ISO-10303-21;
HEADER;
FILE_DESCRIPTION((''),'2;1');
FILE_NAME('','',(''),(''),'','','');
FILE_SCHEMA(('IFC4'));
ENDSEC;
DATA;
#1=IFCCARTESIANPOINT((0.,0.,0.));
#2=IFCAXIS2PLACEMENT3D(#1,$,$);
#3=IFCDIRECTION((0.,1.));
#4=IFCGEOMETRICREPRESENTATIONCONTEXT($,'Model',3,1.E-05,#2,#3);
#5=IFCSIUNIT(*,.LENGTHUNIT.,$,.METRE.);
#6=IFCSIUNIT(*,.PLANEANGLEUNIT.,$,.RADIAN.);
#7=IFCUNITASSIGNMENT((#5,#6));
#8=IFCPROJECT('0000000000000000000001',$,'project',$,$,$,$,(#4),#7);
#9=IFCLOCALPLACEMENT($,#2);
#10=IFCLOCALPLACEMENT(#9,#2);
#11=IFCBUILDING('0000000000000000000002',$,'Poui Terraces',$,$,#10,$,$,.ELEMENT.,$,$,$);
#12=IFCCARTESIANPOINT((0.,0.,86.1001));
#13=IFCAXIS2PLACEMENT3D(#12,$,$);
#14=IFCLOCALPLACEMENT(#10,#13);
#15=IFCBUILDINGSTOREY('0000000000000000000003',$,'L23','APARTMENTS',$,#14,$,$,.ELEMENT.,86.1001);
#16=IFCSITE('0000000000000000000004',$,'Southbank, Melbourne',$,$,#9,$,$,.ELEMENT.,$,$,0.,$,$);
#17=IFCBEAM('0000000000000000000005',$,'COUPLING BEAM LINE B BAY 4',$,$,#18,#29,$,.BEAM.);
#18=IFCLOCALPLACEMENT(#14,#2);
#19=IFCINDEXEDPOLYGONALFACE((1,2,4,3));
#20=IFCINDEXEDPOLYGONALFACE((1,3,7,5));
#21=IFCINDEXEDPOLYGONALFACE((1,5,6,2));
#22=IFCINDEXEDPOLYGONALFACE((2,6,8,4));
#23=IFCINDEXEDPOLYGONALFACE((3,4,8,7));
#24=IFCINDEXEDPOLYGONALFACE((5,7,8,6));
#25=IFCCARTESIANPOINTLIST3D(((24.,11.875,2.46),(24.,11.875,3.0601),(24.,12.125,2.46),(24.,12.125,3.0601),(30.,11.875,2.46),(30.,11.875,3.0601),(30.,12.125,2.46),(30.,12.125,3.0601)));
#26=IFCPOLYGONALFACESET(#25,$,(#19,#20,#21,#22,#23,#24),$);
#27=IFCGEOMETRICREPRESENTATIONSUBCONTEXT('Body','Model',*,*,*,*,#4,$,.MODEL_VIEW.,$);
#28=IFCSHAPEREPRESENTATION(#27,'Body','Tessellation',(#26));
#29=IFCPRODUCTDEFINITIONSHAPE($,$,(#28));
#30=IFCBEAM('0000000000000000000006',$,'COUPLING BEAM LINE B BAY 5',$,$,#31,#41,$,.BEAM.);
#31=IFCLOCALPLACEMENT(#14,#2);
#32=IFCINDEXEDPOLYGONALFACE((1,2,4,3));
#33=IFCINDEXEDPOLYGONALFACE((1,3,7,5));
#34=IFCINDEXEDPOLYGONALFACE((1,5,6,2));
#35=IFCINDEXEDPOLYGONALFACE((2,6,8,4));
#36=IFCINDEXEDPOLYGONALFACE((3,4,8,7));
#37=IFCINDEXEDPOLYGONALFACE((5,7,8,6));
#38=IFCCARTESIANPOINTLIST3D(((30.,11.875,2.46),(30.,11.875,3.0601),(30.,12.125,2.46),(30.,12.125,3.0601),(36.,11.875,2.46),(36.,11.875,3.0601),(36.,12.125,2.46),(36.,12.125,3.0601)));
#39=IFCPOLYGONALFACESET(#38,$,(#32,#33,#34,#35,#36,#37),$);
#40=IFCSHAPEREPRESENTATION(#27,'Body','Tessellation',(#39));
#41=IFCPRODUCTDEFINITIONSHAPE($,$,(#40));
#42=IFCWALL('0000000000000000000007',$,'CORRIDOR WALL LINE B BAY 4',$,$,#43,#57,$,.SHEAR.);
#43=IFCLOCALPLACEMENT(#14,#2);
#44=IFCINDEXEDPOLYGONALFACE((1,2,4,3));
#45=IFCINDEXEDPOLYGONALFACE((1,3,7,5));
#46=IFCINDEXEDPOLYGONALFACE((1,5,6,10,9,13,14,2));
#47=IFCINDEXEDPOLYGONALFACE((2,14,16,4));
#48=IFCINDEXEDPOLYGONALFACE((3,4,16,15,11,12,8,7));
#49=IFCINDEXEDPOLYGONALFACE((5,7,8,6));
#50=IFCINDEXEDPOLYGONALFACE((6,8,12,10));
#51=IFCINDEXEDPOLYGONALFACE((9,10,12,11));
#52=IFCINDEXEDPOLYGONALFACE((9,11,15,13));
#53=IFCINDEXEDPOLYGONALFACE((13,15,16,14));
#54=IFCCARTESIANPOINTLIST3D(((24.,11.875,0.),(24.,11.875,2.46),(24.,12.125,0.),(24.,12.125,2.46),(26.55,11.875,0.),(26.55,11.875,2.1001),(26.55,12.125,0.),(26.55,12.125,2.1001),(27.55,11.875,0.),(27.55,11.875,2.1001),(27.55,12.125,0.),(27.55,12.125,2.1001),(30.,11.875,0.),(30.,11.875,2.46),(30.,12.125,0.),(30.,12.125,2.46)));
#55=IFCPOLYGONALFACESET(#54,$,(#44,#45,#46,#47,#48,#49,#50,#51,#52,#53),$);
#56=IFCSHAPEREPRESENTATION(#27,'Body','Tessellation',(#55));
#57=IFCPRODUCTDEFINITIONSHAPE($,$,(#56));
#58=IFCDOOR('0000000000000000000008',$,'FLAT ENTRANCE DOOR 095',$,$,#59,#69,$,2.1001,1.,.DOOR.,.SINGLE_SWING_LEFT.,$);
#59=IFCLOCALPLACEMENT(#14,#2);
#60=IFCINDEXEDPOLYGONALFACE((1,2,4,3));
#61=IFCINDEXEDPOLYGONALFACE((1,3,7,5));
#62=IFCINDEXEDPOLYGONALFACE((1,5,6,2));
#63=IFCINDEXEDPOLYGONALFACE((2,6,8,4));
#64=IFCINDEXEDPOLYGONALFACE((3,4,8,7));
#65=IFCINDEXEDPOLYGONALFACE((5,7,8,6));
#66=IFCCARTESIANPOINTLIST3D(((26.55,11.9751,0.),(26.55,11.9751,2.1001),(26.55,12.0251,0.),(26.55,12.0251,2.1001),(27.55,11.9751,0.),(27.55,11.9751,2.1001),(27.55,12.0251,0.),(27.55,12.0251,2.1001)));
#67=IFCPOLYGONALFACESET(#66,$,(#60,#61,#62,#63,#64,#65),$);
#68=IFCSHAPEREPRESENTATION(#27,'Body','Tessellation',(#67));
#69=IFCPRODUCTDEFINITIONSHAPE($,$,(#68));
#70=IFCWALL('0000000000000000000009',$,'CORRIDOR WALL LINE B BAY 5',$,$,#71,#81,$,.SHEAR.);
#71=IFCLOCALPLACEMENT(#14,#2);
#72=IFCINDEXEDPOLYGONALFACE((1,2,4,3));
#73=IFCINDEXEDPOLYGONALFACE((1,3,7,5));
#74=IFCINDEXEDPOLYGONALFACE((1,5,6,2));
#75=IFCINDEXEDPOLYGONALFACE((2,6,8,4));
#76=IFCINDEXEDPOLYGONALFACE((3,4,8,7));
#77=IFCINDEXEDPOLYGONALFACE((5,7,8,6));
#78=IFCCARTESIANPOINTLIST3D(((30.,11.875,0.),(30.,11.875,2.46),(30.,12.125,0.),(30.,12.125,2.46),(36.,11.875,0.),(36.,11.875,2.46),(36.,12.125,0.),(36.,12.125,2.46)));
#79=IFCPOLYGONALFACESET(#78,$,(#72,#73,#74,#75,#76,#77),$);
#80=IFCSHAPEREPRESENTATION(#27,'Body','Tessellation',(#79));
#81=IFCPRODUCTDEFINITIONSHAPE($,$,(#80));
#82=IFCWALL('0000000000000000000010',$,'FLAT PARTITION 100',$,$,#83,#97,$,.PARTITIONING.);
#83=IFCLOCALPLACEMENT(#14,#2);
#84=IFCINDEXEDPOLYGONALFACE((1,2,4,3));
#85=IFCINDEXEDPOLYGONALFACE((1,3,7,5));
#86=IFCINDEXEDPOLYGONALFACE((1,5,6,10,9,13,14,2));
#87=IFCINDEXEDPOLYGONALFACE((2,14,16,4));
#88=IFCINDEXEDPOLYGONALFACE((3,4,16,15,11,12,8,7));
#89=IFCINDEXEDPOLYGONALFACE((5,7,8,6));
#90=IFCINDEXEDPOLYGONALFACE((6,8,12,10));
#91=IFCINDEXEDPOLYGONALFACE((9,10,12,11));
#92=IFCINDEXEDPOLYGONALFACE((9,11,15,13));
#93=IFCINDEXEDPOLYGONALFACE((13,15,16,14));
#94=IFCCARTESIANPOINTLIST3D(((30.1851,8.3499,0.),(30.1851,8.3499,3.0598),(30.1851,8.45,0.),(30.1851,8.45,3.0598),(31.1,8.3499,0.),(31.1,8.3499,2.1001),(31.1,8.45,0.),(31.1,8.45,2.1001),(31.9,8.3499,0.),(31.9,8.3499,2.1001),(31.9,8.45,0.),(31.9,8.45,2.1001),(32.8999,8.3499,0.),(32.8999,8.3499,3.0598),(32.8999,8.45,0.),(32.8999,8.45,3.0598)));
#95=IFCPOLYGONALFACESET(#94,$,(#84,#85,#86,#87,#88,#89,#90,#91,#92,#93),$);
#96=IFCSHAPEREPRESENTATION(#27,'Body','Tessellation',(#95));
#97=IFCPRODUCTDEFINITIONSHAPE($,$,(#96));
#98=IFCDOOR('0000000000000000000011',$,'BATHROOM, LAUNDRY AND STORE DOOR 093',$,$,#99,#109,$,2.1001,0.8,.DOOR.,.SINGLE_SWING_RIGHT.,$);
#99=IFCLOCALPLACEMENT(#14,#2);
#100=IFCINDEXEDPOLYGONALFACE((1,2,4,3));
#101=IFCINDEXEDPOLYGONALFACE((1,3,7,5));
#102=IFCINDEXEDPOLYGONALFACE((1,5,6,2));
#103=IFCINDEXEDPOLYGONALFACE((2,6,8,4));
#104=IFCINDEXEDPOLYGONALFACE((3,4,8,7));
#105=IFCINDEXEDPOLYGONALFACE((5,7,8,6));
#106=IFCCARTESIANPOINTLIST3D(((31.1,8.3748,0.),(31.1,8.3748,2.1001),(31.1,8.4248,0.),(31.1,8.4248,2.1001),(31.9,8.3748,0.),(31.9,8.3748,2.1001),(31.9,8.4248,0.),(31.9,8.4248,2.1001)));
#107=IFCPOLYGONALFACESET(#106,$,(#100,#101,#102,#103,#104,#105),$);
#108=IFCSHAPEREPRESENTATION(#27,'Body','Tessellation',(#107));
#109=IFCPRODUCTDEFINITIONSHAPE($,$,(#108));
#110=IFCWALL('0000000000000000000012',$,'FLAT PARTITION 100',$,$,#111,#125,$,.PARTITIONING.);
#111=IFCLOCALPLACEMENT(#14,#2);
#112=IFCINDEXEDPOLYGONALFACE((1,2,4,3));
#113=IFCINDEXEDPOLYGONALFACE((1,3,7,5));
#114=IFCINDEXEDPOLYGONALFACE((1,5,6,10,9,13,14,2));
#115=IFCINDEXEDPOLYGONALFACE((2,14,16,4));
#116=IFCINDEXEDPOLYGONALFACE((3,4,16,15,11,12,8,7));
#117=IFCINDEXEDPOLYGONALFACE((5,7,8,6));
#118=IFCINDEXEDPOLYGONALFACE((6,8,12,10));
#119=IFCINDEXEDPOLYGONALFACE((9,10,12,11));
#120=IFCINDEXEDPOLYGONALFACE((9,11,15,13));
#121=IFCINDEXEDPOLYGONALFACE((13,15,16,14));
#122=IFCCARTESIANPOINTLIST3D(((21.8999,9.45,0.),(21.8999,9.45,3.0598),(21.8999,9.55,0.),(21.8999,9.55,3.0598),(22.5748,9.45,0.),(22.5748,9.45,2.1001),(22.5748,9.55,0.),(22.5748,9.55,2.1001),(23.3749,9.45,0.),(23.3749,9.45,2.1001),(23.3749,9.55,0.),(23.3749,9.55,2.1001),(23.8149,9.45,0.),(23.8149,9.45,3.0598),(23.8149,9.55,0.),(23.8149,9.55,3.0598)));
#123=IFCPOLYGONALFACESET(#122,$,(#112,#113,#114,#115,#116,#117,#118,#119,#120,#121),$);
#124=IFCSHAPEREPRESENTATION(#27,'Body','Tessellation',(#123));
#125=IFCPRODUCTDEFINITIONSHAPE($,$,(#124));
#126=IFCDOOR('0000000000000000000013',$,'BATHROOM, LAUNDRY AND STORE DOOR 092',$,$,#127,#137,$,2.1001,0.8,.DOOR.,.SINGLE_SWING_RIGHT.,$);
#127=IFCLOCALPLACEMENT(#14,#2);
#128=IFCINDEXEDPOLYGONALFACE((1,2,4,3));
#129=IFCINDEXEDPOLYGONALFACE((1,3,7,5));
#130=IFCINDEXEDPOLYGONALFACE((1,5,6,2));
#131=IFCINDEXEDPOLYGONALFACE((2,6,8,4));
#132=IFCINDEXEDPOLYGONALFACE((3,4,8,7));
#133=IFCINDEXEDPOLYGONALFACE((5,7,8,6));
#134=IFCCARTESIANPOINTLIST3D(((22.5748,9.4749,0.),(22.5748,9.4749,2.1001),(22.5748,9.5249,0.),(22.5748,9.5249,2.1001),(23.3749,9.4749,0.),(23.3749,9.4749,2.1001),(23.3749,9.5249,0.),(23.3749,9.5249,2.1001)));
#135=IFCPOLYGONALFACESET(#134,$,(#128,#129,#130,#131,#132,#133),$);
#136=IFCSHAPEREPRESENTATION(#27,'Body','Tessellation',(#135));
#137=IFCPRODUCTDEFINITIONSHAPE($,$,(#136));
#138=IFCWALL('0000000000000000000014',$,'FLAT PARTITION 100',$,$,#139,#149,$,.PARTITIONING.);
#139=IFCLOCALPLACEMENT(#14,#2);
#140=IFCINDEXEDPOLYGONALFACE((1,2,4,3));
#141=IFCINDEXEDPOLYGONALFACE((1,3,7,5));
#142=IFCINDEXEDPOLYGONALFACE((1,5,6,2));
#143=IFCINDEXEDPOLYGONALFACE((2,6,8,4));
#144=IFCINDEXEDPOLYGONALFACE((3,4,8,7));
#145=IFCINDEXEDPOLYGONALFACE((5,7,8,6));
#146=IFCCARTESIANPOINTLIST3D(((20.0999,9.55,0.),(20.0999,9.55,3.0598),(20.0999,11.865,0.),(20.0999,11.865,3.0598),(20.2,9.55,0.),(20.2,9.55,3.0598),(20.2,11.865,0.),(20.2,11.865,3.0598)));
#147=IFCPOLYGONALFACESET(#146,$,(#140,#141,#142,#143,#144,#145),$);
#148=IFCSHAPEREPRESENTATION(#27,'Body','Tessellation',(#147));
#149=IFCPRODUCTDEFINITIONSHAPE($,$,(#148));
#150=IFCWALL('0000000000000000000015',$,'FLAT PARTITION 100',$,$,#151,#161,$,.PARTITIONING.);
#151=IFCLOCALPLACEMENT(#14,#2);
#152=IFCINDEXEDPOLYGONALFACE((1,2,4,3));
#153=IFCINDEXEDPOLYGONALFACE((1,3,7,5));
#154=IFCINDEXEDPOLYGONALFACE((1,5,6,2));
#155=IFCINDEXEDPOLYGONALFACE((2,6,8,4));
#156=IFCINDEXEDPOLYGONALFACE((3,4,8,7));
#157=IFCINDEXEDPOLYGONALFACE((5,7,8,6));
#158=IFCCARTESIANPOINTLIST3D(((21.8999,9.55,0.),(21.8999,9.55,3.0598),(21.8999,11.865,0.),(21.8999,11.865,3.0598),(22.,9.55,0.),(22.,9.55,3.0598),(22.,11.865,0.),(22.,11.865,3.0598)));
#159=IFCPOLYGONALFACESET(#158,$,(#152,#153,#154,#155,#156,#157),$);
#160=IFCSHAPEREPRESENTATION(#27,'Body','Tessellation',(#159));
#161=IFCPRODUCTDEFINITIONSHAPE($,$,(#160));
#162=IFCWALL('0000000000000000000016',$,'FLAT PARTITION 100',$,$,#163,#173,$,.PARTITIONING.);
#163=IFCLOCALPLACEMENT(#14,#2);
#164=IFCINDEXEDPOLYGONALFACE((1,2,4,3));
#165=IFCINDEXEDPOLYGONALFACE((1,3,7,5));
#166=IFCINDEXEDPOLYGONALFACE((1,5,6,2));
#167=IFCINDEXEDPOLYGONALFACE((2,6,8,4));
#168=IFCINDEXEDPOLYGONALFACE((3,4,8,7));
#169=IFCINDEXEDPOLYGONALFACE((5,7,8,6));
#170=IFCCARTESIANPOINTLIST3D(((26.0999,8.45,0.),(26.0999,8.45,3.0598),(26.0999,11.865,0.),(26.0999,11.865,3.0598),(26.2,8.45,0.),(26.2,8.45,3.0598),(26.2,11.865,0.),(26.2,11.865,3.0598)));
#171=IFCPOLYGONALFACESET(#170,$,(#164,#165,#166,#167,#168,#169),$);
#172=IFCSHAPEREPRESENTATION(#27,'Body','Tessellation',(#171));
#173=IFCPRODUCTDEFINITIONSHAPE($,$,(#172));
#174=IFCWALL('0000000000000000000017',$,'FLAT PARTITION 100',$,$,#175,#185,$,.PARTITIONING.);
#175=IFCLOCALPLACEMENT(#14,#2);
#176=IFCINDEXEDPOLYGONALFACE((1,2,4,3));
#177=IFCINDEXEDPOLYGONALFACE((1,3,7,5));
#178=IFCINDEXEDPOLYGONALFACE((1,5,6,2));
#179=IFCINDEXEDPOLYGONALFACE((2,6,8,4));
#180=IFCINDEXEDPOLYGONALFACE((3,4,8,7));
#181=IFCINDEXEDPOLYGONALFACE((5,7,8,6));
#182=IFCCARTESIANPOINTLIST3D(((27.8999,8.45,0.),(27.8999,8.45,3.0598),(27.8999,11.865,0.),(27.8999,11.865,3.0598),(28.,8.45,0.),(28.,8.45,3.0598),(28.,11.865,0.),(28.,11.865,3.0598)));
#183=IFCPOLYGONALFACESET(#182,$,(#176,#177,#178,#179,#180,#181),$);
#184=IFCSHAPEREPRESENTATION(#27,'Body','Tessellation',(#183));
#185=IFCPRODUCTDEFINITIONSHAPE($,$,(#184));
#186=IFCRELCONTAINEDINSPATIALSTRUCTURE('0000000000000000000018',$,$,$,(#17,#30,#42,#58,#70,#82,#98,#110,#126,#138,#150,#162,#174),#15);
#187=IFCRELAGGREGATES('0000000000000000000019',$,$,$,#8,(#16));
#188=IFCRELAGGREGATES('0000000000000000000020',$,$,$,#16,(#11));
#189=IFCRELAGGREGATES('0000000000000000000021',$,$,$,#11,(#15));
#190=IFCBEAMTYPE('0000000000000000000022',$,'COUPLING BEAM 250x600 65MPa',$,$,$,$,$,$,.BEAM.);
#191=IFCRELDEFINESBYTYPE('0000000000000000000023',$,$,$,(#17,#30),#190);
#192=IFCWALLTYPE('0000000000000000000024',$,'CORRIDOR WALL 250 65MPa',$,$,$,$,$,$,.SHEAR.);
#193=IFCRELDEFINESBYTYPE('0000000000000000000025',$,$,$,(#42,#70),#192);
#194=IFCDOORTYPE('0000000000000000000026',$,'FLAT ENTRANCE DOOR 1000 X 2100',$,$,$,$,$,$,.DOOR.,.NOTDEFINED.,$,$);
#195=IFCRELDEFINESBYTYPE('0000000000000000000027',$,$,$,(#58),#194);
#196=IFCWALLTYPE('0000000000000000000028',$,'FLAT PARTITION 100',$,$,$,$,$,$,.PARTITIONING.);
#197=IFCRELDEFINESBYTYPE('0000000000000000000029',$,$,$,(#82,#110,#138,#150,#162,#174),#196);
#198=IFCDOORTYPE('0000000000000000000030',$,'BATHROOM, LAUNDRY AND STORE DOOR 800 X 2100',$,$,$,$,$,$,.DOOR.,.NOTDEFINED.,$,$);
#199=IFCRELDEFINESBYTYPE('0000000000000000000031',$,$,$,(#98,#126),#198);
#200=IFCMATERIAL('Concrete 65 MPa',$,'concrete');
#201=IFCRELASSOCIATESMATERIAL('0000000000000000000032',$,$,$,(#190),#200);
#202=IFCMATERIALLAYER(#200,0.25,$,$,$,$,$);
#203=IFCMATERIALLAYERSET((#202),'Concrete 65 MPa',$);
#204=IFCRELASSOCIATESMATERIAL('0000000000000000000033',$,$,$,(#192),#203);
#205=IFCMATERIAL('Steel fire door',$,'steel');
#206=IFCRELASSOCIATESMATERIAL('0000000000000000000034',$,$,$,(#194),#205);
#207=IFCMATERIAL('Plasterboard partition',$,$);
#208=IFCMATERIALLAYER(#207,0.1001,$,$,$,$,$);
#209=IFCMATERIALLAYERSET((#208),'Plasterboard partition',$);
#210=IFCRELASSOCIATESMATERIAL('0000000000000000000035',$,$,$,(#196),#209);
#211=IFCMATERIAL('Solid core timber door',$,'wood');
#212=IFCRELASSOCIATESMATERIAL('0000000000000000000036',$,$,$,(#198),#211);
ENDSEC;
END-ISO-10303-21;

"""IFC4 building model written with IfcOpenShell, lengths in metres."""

from ifc_helpers import new_model, si_unit, direction, frame, frame_2d, origin, origin_2d, place, context, subcontext, project, spatial, rectangle, extrude, source, transform, mapped, material, layer, layer_set, material_profile, profile_set, type_object, element, fill, save


model = new_model("IFC4")

# Units and contexts
model_context = context("Model", 3, precision=1e-05, world=origin(), true_north=direction((0.0, 1.0)))
body_context = subcontext(model_context, "Body", "Model", "MODEL_VIEW")
ifc_project = project(units=[si_unit("LENGTHUNIT", "METRE"), si_unit("PLANEANGLEUNIT", "RADIAN")], contexts=[model_context])

# Site, building, storey
site_placement = place(None, origin())
site = spatial("IfcSite", under=ifc_project, at=site_placement, Name="Southbank, Melbourne", CompositionType="ELEMENT", RefElevation=0.0)
building_placement = place(site_placement, origin())
building = spatial("IfcBuilding", under=site, at=building_placement, Name="Poui Terraces", CompositionType="ELEMENT")
storey_placement = place(building_placement, frame((0.0, 0.0, 86.1001)))
storey = spatial("IfcBuildingStorey", under=building, at=storey_placement, Name="L23", Description="APARTMENTS", CompositionType="ELEMENT", Elevation=86.1001)

# Beams
ifc_material_1 = material(Name="Concrete 65 MPa", Category="concrete")
ifc_material_profile = material_profile(ifc_material_1, rectangle(XDim=0.25, YDim=0.6001, at=origin_2d()), Name="RC 250x600")
ifc_profile_set = profile_set([ifc_material_profile], Name="Concrete 65 MPa")
beam_type = type_object("IfcBeamType", Name="COUPLING BEAM 250x600 65MPa", PredefinedType="BEAM", material=ifc_profile_set)
shared_shape = source(origin(), body_context, "Body", "SweptSolid", [
    extrude(rectangle(XDim=0.25, YDim=0.6001, at=origin_2d()), origin(), (0.0, 0.0, 1.0), 6.0),
])
for number, where, z_axis, x_axis, name in (
    (1, (24.0, 12.0, 2.76), (1.0, 0.0, 0.0), (0.0, 1.0, 0.0), "COUPLING BEAM LINE B BAY 4"),
    (2, (30.0, 12.0, 2.76), (1.0, 0.0, 0.0), (0.0, 1.0, 0.0), "COUPLING BEAM LINE B BAY 5"),
):
    element("IfcBeam", number, at=place(storey_placement, frame(where, z_axis=z_axis, x_axis=x_axis)), inside=storey, type_object=beam_type, Name=name, PredefinedType="BEAM", context=body_context, shape_type="MappedRepresentation", body=[
        mapped(shared_shape, transform((0.0, 0.0, 0.0))),
    ])

# Wall, opening, door
ifc_layer_1 = layer(ifc_material_1, 0.25)
ifc_layer_set_1 = layer_set([ifc_layer_1], Name="Concrete 65 MPa")
wall_type_1 = type_object("IfcWallType", Name="CORRIDOR WALL 250 65MPa", PredefinedType="SHEAR", material=ifc_layer_set_1)
wall_1_placement = place(storey_placement, frame((24.0, 12.0, 0.0), z_axis=(0.0, 0.0, 1.0), x_axis=(1.0, 0.0, 0.0)))
wall_1 = element("IfcWall", 3, at=wall_1_placement, inside=storey, type_object=wall_type_1, Name="CORRIDOR WALL LINE B BAY 4", PredefinedType="SHEAR", context=body_context, shape_type="SweptSolid", body=[
    extrude(rectangle(XDim=6.0, YDim=0.25, at=frame_2d((3.0, 0.0))), origin(), (0.0, 0.0, 1.0), 2.46),
])
opening_1_placement = place(wall_1_placement, frame((2.55, 0.0, 0.0)))
opening_1 = element("IfcOpeningElement", 4, at=opening_1_placement, cuts=wall_1, PredefinedType="OPENING", context=body_context, shape_type="SweptSolid", body=[
    extrude(rectangle(XDim=1.0, YDim=2.1001, at=frame_2d((0.5, 1.05))), frame((0.0, 0.135, 0.0), z_axis=(0.0, -1.0, 0.0), x_axis=(1.0, 0.0, 0.0)), (0.0, 0.0, 1.0), 0.27),
])
ifc_material_2 = material(Name="Steel fire door", Category="steel")
door_type_1 = type_object("IfcDoorType", Name="FLAT ENTRANCE DOOR 1000 X 2100", OperationType="NOTDEFINED", PredefinedType="DOOR", material=ifc_material_2)
door_1_placement = place(opening_1_placement, frame((1.0, 0.0, 0.0), z_axis=(0.0, 0.0, 1.0), x_axis=(-1.0, 0.0, 0.0)))
door_1 = element("IfcDoor", 5, at=door_1_placement, inside=storey, type_object=door_type_1, Name="FLAT ENTRANCE DOOR 095", OperationType="SINGLE_SWING_LEFT", OverallHeight=2.1001, OverallWidth=1.0, PredefinedType="DOOR", context=body_context, shape_type="SweptSolid", body=[
    extrude(rectangle(XDim=1.0, YDim=2.1001, at=frame_2d((0.5, 1.05))), frame((0.0, 0.0249, 0.0), z_axis=(0.0, -1.0, 0.0), x_axis=(1.0, 0.0, 0.0)), (0.0, 0.0, 1.0), 0.05),
])
fill(opening_1, door_1)

# Wall
wall_2_placement = place(storey_placement, frame((30.0, 12.0, 0.0), z_axis=(0.0, 0.0, 1.0), x_axis=(1.0, 0.0, 0.0)))
element("IfcWall", 6, at=wall_2_placement, inside=storey, type_object=wall_type_1, Name="CORRIDOR WALL LINE B BAY 5", PredefinedType="SHEAR", context=body_context, shape_type="SweptSolid", body=[
    extrude(rectangle(XDim=6.0, YDim=0.25, at=frame_2d((3.0, 0.0))), origin(), (0.0, 0.0, 1.0), 2.46),
])

# Walls, openings, doors
ifc_material_3 = material(Name="Plasterboard partition")
ifc_layer_2 = layer(ifc_material_3, 0.1001)
ifc_layer_set_2 = layer_set([ifc_layer_2], Name="Plasterboard partition")
wall_type_2 = type_object("IfcWallType", Name="FLAT PARTITION 100", PredefinedType="PARTITIONING", material=ifc_layer_set_2)
wall_3_placement = place(storey_placement, frame((30.1851, 8.3999, 0.0), z_axis=(0.0, 0.0, 1.0), x_axis=(1.0, 0.0, 0.0)))
wall_3 = element("IfcWall", 7, at=wall_3_placement, inside=storey, type_object=wall_type_2, Name="FLAT PARTITION 100", PredefinedType="PARTITIONING", context=body_context, shape_type="SweptSolid", body=[
    extrude(rectangle(XDim=2.7148, YDim=0.1001, at=frame_2d((1.3574, 0.0))), origin(), (0.0, 0.0, 1.0), 3.0598),
])
opening_2_placement = place(wall_3_placement, frame((0.915, 0.0, 0.0)))
opening_2 = element("IfcOpeningElement", 8, at=opening_2_placement, cuts=wall_3, PredefinedType="OPENING", context=body_context, shape_type="SweptSolid", body=[
    extrude(rectangle(XDim=0.8, YDim=2.1001, at=frame_2d((0.3999, 1.05))), frame((0.0, 0.0601, 0.0), z_axis=(0.0, -1.0, 0.0), x_axis=(1.0, 0.0, 0.0)), (0.0, 0.0, 1.0), 0.1201),
])
ifc_material_4 = material(Name="Solid core timber door", Category="wood")
door_type_2 = type_object("IfcDoorType", Name="BATHROOM, LAUNDRY AND STORE DOOR 800 X 2100", OperationType="NOTDEFINED", PredefinedType="DOOR", material=ifc_material_4)
door_2_placement = place(opening_2_placement, origin())
door_2 = element("IfcDoor", 9, at=door_2_placement, inside=storey, type_object=door_type_2, Name="BATHROOM, LAUNDRY AND STORE DOOR 093", OperationType="SINGLE_SWING_RIGHT", OverallHeight=2.1001, OverallWidth=0.8, PredefinedType="DOOR", context=body_context, shape_type="SweptSolid", body=[
    extrude(rectangle(XDim=0.8, YDim=2.1001, at=frame_2d((0.3999, 1.05))), frame((0.0, 0.0249, 0.0), z_axis=(0.0, -1.0, 0.0), x_axis=(1.0, 0.0, 0.0)), (0.0, 0.0, 1.0), 0.05),
])
fill(opening_2, door_2)
wall_4_placement = place(storey_placement, frame((21.8999, 9.5, 0.0), z_axis=(0.0, 0.0, 1.0), x_axis=(1.0, 0.0, 0.0)))
wall_4 = element("IfcWall", 10, at=wall_4_placement, inside=storey, type_object=wall_type_2, Name="FLAT PARTITION 100", PredefinedType="PARTITIONING", context=body_context, shape_type="SweptSolid", body=[
    extrude(rectangle(XDim=1.915, YDim=0.1001, at=frame_2d((0.9575, 0.0))), origin(), (0.0, 0.0, 1.0), 3.0598),
])
opening_3_placement = place(wall_4_placement, frame((0.675, 0.0, 0.0)))
opening_3 = element("IfcOpeningElement", 11, at=opening_3_placement, cuts=wall_4, PredefinedType="OPENING", context=body_context, shape_type="SweptSolid", body=[
    extrude(rectangle(XDim=0.8, YDim=2.1001, at=frame_2d((0.3999, 1.05))), frame((0.0, 0.0601, 0.0), z_axis=(0.0, -1.0, 0.0), x_axis=(1.0, 0.0, 0.0)), (0.0, 0.0, 1.0), 0.1201),
])
door_3_placement = place(opening_3_placement, origin())
door_3 = element("IfcDoor", 12, at=door_3_placement, inside=storey, type_object=door_type_2, Name="BATHROOM, LAUNDRY AND STORE DOOR 092", OperationType="SINGLE_SWING_RIGHT", OverallHeight=2.1001, OverallWidth=0.8, PredefinedType="DOOR", context=body_context, shape_type="SweptSolid", body=[
    extrude(rectangle(XDim=0.8, YDim=2.1001, at=frame_2d((0.3999, 1.05))), frame((0.0, 0.0249, 0.0), z_axis=(0.0, -1.0, 0.0), x_axis=(1.0, 0.0, 0.0)), (0.0, 0.0, 1.0), 0.05),
])
fill(opening_3, door_3)

# Walls
for number, where, z_axis, x_axis, name in (
    (13, (20.1499, 9.55, 0.0), (0.0, 0.0, 1.0), (0.0, 1.0, 0.0), "FLAT PARTITION 100"),
    (14, (21.95, 9.55, 0.0), (0.0, 0.0, 1.0), (0.0, 1.0, 0.0), "FLAT PARTITION 100"),
):
    element("IfcWall", number, at=place(storey_placement, frame(where, z_axis=z_axis, x_axis=x_axis)), inside=storey, type_object=wall_type_2, Name=name, PredefinedType="PARTITIONING", context=body_context, shape_type="SweptSolid", body=[
        extrude(rectangle(XDim=2.3149, YDim=0.1001, at=frame_2d((1.1575, 0.0))), origin(), (0.0, 0.0, 1.0), 3.0598),
    ])
for number, where, z_axis, x_axis, name in (
    (15, (26.1499, 8.45, 0.0), (0.0, 0.0, 1.0), (0.0, 1.0, 0.0), "FLAT PARTITION 100"),
    (16, (27.95, 8.45, 0.0), (0.0, 0.0, 1.0), (0.0, 1.0, 0.0), "FLAT PARTITION 100"),
):
    element("IfcWall", number, at=place(storey_placement, frame(where, z_axis=z_axis, x_axis=x_axis)), inside=storey, type_object=wall_type_2, Name=name, PredefinedType="PARTITIONING", context=body_context, shape_type="SweptSolid", body=[
        extrude(rectangle(XDim=3.415, YDim=0.1001, at=frame_2d((1.7075, 0.0))), origin(), (0.0, 0.0, 1.0), 3.0598),
    ])

save(model, "model.ifc")
